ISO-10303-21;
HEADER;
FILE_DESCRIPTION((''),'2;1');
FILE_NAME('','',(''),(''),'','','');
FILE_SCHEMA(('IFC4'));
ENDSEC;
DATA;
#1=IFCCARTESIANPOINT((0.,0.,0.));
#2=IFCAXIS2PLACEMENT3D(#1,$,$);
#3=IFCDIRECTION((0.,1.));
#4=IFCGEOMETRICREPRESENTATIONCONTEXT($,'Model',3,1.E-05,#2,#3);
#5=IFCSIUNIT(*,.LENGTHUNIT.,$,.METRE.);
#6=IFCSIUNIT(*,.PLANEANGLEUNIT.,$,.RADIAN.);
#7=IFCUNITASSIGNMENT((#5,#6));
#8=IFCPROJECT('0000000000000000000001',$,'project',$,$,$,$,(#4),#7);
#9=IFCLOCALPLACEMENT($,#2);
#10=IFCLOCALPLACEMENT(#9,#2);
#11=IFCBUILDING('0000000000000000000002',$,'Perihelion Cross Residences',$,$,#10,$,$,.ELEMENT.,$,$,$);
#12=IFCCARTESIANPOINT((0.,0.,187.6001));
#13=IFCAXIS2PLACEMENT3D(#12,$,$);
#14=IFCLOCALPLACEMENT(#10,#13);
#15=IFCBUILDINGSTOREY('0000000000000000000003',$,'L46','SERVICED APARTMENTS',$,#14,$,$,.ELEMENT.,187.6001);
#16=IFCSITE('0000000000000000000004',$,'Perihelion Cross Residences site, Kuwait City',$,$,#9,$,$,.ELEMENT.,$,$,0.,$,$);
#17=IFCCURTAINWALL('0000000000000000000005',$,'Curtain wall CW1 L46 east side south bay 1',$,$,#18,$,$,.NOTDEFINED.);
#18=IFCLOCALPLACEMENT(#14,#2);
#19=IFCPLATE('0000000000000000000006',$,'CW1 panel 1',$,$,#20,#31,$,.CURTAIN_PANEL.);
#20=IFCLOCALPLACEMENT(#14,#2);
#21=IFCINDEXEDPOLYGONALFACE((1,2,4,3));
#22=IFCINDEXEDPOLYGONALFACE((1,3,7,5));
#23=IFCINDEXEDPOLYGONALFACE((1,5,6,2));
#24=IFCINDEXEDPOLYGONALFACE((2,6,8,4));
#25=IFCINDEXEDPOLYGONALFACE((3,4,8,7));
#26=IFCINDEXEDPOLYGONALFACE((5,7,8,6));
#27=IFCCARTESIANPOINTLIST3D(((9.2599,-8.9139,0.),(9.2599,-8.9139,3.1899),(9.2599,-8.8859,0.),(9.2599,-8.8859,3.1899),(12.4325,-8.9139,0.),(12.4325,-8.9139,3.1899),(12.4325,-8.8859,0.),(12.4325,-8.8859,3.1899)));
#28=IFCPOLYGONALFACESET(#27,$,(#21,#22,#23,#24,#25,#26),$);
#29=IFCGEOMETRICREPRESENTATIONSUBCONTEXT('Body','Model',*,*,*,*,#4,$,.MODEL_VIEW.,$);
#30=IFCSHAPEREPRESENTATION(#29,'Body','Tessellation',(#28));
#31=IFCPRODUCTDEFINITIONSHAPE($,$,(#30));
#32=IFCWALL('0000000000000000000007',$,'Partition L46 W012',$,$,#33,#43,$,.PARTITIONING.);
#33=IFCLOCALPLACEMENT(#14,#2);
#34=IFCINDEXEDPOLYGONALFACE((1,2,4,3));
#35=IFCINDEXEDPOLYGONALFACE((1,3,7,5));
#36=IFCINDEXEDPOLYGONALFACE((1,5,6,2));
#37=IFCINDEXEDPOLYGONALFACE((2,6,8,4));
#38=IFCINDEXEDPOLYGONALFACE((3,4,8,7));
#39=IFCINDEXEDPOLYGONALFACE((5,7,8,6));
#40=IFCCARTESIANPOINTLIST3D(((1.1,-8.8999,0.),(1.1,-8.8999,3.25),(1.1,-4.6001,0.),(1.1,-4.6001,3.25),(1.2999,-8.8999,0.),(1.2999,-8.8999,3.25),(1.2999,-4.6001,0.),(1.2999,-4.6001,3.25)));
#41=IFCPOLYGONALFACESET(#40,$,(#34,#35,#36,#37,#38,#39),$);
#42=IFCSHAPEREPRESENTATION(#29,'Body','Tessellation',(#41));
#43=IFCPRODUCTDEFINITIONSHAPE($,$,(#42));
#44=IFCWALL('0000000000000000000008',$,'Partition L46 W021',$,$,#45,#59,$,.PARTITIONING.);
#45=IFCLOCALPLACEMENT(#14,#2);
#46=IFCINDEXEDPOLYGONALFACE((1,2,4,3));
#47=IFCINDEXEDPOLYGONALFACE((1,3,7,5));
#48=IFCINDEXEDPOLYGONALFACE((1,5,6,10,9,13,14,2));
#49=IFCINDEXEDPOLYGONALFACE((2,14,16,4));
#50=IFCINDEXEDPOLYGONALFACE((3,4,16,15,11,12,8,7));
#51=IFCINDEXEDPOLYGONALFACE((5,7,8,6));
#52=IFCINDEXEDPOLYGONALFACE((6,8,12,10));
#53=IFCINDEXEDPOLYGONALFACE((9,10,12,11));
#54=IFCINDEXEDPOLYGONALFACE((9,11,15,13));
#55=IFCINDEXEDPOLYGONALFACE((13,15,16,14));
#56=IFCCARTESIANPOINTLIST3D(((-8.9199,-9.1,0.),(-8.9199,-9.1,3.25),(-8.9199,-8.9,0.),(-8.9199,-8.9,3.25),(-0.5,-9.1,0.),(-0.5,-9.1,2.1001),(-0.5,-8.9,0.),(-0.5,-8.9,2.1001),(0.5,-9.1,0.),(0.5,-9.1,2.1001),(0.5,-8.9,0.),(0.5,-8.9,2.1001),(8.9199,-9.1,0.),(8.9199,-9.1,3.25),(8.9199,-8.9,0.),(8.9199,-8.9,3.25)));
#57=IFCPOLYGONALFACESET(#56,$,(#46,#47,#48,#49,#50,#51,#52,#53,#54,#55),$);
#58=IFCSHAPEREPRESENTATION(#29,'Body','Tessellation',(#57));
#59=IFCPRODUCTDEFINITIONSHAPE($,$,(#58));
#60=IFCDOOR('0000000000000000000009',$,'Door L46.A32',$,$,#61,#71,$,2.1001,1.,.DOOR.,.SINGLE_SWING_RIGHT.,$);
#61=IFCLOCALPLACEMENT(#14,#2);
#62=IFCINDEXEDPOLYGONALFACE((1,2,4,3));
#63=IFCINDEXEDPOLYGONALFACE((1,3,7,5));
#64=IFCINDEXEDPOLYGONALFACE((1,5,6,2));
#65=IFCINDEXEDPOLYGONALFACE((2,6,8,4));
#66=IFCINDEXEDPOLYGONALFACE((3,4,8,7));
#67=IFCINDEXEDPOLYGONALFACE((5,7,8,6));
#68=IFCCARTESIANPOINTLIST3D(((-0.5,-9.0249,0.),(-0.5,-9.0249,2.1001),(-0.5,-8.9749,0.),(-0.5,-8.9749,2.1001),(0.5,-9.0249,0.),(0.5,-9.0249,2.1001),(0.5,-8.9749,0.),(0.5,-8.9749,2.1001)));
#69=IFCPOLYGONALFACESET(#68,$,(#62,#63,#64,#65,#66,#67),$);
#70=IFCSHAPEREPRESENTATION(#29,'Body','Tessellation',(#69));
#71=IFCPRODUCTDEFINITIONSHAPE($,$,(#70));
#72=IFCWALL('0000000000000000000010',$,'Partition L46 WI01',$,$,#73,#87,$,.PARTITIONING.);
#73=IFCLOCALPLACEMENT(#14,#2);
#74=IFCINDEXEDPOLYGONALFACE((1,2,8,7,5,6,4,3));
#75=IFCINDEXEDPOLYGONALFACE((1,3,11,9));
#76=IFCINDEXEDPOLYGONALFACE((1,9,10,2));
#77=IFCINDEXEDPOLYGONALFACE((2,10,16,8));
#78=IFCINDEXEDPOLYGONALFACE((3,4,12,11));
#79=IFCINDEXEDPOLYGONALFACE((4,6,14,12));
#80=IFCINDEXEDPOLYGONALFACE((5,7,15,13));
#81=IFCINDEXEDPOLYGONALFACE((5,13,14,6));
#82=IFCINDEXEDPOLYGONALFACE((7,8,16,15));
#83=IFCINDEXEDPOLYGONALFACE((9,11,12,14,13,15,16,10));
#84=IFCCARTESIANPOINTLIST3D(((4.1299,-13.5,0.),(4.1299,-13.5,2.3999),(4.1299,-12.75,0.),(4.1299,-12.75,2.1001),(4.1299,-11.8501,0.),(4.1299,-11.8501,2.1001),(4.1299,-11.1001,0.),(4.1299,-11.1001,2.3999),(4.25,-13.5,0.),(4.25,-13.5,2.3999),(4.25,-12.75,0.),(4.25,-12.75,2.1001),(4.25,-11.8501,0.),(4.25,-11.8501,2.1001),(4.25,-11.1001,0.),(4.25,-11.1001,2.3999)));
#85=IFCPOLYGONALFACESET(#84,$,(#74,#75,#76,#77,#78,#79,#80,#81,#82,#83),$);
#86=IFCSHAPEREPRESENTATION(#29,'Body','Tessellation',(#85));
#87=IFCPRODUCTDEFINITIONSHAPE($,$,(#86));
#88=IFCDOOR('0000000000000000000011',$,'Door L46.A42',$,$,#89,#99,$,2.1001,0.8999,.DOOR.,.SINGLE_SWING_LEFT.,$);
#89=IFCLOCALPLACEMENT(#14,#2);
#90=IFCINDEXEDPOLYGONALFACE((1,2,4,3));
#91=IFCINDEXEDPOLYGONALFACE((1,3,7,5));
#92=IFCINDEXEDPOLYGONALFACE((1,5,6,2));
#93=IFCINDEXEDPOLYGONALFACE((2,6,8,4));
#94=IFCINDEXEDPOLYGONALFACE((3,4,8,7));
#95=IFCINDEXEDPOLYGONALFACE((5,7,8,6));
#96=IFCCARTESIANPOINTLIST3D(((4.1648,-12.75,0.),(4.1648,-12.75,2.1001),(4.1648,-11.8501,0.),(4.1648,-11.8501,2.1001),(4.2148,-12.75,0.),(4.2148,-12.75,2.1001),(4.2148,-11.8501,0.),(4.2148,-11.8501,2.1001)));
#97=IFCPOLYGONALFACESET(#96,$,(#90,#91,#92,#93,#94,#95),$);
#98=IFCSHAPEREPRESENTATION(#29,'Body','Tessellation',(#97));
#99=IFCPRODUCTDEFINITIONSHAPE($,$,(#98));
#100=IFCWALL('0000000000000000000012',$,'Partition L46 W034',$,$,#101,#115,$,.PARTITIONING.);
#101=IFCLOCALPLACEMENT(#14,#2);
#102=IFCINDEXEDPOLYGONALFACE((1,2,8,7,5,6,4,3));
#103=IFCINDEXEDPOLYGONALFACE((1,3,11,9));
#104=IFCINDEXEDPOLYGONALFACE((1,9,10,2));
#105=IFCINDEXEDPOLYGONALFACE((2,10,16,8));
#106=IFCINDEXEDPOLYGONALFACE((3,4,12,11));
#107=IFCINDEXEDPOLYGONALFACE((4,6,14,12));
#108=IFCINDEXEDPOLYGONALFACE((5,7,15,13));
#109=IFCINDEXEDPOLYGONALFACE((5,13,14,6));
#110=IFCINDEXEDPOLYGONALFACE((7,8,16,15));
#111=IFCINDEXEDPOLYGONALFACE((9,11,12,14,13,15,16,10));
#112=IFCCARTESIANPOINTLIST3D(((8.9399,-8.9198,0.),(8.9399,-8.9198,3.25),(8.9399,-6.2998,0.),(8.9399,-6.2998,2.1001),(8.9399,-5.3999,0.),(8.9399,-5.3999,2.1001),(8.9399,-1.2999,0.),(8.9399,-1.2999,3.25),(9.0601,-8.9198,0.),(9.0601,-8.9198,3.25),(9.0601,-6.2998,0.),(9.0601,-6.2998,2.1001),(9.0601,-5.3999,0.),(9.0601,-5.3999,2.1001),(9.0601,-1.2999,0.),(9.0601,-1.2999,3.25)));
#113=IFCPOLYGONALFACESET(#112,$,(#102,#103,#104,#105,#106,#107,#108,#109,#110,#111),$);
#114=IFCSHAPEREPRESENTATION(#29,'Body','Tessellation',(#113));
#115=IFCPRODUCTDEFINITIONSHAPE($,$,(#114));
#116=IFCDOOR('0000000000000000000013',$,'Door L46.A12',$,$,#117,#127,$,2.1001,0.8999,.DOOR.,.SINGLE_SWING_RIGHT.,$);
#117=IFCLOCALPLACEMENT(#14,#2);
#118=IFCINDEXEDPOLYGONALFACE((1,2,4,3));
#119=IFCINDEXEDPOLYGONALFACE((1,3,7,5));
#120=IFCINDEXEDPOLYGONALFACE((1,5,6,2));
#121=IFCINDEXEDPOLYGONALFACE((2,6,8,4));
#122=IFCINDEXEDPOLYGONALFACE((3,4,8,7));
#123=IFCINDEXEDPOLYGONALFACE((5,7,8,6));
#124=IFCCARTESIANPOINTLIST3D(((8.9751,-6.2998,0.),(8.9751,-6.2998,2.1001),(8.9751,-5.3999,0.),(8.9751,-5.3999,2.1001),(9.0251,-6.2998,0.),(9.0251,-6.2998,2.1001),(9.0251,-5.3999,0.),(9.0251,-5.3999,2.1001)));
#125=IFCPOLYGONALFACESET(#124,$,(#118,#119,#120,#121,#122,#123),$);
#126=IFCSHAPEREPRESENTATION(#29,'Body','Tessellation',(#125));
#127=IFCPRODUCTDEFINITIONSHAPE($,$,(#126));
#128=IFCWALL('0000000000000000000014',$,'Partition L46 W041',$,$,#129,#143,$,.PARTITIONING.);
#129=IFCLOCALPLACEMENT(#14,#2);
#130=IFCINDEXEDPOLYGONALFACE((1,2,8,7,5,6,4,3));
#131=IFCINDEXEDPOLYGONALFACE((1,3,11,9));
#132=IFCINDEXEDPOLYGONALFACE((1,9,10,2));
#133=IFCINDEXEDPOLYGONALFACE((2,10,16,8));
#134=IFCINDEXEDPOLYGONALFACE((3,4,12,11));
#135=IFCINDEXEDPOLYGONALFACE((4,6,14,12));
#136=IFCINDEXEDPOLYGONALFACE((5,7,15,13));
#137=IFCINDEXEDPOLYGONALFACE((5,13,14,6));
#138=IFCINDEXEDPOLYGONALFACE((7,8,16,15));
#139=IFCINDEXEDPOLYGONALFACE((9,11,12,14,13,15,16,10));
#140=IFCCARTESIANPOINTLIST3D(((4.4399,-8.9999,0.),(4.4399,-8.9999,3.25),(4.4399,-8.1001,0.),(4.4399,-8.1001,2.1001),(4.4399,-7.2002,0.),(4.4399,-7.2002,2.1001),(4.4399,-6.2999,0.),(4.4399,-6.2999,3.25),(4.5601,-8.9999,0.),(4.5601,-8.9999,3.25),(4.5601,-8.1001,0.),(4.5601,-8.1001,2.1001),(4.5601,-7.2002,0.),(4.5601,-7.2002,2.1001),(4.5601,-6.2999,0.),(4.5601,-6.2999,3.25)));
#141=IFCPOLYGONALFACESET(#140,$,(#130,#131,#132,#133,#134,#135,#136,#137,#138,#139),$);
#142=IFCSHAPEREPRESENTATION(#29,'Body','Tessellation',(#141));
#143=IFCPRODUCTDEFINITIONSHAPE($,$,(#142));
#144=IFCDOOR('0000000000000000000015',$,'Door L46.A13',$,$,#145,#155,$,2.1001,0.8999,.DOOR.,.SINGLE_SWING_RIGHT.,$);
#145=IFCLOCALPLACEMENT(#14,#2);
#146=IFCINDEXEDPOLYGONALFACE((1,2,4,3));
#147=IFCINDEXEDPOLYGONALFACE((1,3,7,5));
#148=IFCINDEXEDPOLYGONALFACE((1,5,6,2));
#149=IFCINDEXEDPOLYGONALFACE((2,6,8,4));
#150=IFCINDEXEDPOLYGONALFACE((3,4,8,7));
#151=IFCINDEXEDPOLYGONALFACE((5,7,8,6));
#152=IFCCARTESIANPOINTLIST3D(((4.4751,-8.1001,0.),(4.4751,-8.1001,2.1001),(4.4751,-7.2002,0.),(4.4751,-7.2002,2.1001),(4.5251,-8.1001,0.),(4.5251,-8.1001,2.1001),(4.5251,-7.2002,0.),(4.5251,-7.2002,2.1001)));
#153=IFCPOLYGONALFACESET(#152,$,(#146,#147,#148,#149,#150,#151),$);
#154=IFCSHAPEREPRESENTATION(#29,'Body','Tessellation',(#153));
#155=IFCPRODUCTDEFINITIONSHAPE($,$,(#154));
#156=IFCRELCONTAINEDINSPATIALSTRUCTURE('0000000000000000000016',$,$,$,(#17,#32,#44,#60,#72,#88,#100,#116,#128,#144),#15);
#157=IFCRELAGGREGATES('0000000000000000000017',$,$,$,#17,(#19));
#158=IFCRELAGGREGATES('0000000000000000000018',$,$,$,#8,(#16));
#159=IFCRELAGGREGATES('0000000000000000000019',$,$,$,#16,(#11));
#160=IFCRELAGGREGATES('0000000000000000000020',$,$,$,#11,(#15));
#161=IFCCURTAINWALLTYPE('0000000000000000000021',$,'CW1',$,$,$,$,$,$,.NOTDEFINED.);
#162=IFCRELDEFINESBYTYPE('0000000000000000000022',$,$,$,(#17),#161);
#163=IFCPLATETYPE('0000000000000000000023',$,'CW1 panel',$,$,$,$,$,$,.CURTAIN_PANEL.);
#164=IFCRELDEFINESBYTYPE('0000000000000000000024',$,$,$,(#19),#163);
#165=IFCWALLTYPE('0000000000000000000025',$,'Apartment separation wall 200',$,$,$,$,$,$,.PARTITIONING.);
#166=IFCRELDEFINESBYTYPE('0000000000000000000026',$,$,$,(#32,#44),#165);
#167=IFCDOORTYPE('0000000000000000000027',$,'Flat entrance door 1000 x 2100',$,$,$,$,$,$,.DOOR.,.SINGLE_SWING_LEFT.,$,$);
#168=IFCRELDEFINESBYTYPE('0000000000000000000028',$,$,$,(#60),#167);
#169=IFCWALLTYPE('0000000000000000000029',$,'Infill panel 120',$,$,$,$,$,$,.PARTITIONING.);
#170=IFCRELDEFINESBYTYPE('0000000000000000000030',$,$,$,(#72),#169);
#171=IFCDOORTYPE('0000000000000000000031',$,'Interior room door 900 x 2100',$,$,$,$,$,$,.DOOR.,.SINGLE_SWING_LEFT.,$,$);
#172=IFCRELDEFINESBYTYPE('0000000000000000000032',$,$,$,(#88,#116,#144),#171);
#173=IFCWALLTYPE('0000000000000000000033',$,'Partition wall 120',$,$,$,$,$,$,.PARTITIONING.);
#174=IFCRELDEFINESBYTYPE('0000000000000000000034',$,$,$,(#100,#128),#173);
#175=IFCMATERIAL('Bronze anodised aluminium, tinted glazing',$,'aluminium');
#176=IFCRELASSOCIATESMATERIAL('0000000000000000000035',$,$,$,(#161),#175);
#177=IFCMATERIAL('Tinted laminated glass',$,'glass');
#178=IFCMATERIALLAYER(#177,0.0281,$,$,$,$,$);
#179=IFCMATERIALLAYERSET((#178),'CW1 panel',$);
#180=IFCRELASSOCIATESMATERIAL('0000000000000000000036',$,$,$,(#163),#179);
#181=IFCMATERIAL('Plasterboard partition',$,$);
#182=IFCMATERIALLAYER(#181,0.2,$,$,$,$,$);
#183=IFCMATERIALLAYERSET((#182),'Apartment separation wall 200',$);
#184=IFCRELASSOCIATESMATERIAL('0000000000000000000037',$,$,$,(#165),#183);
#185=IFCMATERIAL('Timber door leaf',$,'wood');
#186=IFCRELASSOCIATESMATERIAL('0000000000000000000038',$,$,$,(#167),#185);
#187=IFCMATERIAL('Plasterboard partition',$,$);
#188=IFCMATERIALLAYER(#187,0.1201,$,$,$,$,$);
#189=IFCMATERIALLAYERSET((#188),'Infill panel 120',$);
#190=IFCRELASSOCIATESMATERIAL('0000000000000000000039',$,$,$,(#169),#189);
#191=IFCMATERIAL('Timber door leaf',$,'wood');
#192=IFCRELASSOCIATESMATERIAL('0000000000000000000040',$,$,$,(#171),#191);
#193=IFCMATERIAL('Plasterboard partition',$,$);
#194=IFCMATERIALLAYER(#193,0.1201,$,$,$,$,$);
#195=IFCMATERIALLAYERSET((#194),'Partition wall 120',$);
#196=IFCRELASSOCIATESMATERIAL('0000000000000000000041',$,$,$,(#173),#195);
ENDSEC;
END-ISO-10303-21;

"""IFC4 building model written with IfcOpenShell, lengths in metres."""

from ifc_helpers import new_model, si_unit, direction, frame, frame_2d, origin, origin_2d, place, context, subcontext, project, spatial, rectangle, extrude, material, layer, layer_set, type_object, element, fill, aggregate, save


model = new_model("IFC4")

# Units and contexts
model_context = context("Model", 3, precision=1e-05, world=origin(), true_north=direction((0.0, 1.0)))
body_context = subcontext(model_context, "Body", "Model", "MODEL_VIEW")
ifc_project = project(units=[si_unit("LENGTHUNIT", "METRE"), si_unit("PLANEANGLEUNIT", "RADIAN")], contexts=[model_context])

# Site, building, storey
site_placement = place(None, origin())
site = spatial("IfcSite", under=ifc_project, at=site_placement, Name="Perihelion Cross Residences site, Kuwait City", CompositionType="ELEMENT", RefElevation=0.0)
building_placement = place(site_placement, origin())
building = spatial("IfcBuilding", under=site, at=building_placement, Name="Perihelion Cross Residences", CompositionType="ELEMENT")
storey_placement = place(building_placement, frame((0.0, 0.0, 187.6001)))
storey = spatial("IfcBuildingStorey", under=building, at=storey_placement, Name="L46", Description="SERVICED APARTMENTS", CompositionType="ELEMENT", Elevation=187.6001)

# Curtain wall
ifc_material_1 = material(Name="Bronze anodised aluminium, tinted glazing", Category="aluminium")
curtain_wall_type = type_object("IfcCurtainWallType", Name="CW1", PredefinedType="NOTDEFINED", material=ifc_material_1)
curtain_wall_1_placement = place(storey_placement, origin())
curtain_wall_1 = element("IfcCurtainWall", 1, at=curtain_wall_1_placement, inside=storey, type_object=curtain_wall_type, Name="Curtain wall CW1 L46 east side south bay 1", PredefinedType="NOTDEFINED")

# Plate
ifc_material_2 = material(Name="Tinted laminated glass", Category="glass")
ifc_layer_1 = layer(ifc_material_2, 0.0281)
ifc_layer_set_1 = layer_set([ifc_layer_1], Name="CW1 panel")
plate_type = type_object("IfcPlateType", Name="CW1 panel", PredefinedType="CURTAIN_PANEL", material=ifc_layer_set_1)
plate_1_placement = place(storey_placement, frame((10.8462, -8.8999, 0.0), z_axis=(0.0, 0.0, 1.0), x_axis=(1.0, 0.0, 0.0)))
plate_1 = element("IfcPlate", 2, at=plate_1_placement, type_object=plate_type, Name="CW1 panel 1", PredefinedType="CURTAIN_PANEL", context=body_context, shape_type="SweptSolid", body=[
    extrude(rectangle(XDim=3.1726, YDim=0.0281, at=origin_2d()), origin(), (0.0, 0.0, 1.0), 3.1899),
])
aggregate(curtain_wall_1, [plate_1])

# Wall
ifc_material_3 = material(Name="Plasterboard partition")
ifc_layer_2 = layer(ifc_material_3, 0.2)
ifc_layer_set_2 = layer_set([ifc_layer_2], Name="Apartment separation wall 200")
wall_type_1 = type_object("IfcWallType", Name="Apartment separation wall 200", PredefinedType="PARTITIONING", material=ifc_layer_set_2)
wall_1_placement = place(storey_placement, frame((1.2, -4.6001, 0.0), z_axis=(0.0, 0.0, 1.0), x_axis=(0.0, -1.0, 0.0)))
element("IfcWall", 3, at=wall_1_placement, inside=storey, type_object=wall_type_1, Name="Partition L46 W012", PredefinedType="PARTITIONING", context=body_context, shape_type="SweptSolid", body=[
    extrude(rectangle(XDim=4.2998, YDim=0.2, at=frame_2d((2.1499, 0.0))), origin(), (0.0, 0.0, 1.0), 3.25),
])

# Walls, openings, doors
wall_2_placement = place(storey_placement, frame((8.9199, -9.0, 0.0), z_axis=(0.0, 0.0, 1.0), x_axis=(-1.0, 0.0, 0.0)))
wall_2 = element("IfcWall", 4, at=wall_2_placement, inside=storey, type_object=wall_type_1, Name="Partition L46 W021", PredefinedType="PARTITIONING", context=body_context, shape_type="SweptSolid", body=[
    extrude(rectangle(XDim=17.8398, YDim=0.2, at=frame_2d((8.9199, 0.0))), origin(), (0.0, 0.0, 1.0), 3.25),
])
opening_1_placement = place(wall_2_placement, frame((8.4199, 0.0, 0.0)))
opening_1 = element("IfcOpeningElement", 5, at=opening_1_placement, cuts=wall_2, PredefinedType="OPENING", context=body_context, shape_type="SweptSolid", body=[
    extrude(rectangle(XDim=1.0, YDim=2.1001, at=frame_2d((0.5, 1.05))), frame((0.0, 0.1099, 0.0), z_axis=(0.0, -1.0, 0.0), x_axis=(1.0, 0.0, 0.0)), (0.0, 0.0, 1.0), 0.22),
])
ifc_material_4 = material(Name="Timber door leaf", Category="wood")
door_type_1 = type_object("IfcDoorType", Name="Flat entrance door 1000 x 2100", OperationType="SINGLE_SWING_LEFT", PredefinedType="DOOR", material=ifc_material_4)
door_1_placement = place(opening_1_placement, origin())
door_1 = element("IfcDoor", 6, at=door_1_placement, inside=storey, type_object=door_type_1, Name="Door L46.A32", OperationType="SINGLE_SWING_RIGHT", OverallHeight=2.1001, OverallWidth=1.0, PredefinedType="DOOR", context=body_context, shape_type="SweptSolid", body=[
    extrude(rectangle(XDim=1.0, YDim=2.1001, at=frame_2d((0.5, 1.05))), frame((0.0, 0.0249, 0.0), z_axis=(0.0, -1.0, 0.0), x_axis=(1.0, 0.0, 0.0)), (0.0, 0.0, 1.0), 0.05),
])
fill(opening_1, door_1)
ifc_material_5 = material(Name="Plasterboard partition")
ifc_layer_3 = layer(ifc_material_5, 0.1201)
ifc_layer_set_3 = layer_set([ifc_layer_3], Name="Infill panel 120")
wall_type_2 = type_object("IfcWallType", Name="Infill panel 120", PredefinedType="PARTITIONING", material=ifc_layer_set_3)
wall_3_placement = place(storey_placement, frame((4.1899, -11.1001, 0.0), z_axis=(0.0, 0.0, 1.0), x_axis=(0.0, -1.0, 0.0)))
wall_3 = element("IfcWall", 7, at=wall_3_placement, inside=storey, type_object=wall_type_2, Name="Partition L46 WI01", PredefinedType="PARTITIONING", context=body_context, shape_type="SweptSolid", body=[
    extrude(rectangle(XDim=2.3999, YDim=0.1201, at=frame_2d((1.2, 0.0))), origin(), (0.0, 0.0, 1.0), 2.3999),
])
opening_2_placement = place(wall_3_placement, frame((0.75, 0.0, 0.0)))
opening_2 = element("IfcOpeningElement", 8, at=opening_2_placement, cuts=wall_3, PredefinedType="OPENING", context=body_context, shape_type="SweptSolid", body=[
    extrude(rectangle(XDim=0.8999, YDim=2.1001, at=frame_2d((0.45, 1.05))), frame((0.0, 0.0701, 0.0), z_axis=(0.0, -1.0, 0.0), x_axis=(1.0, 0.0, 0.0)), (0.0, 0.0, 1.0), 0.1401),
])
ifc_material_6 = material(Name="Timber door leaf", Category="wood")
door_type_2 = type_object("IfcDoorType", Name="Interior room door 900 x 2100", OperationType="SINGLE_SWING_LEFT", PredefinedType="DOOR", material=ifc_material_6)
door_2_placement = place(opening_2_placement, origin())
door_2 = element("IfcDoor", 9, at=door_2_placement, inside=storey, type_object=door_type_2, Name="Door L46.A42", OperationType="SINGLE_SWING_LEFT", OverallHeight=2.1001, OverallWidth=0.8999, PredefinedType="DOOR", context=body_context, shape_type="SweptSolid", body=[
    extrude(rectangle(XDim=0.8999, YDim=2.1001, at=frame_2d((0.45, 1.05))), frame((0.0, 0.0249, 0.0), z_axis=(0.0, -1.0, 0.0), x_axis=(1.0, 0.0, 0.0)), (0.0, 0.0, 1.0), 0.05),
])
fill(opening_2, door_2)
ifc_material_7 = material(Name="Plasterboard partition")
ifc_layer_4 = layer(ifc_material_7, 0.1201)
ifc_layer_set_4 = layer_set([ifc_layer_4], Name="Partition wall 120")
wall_type_3 = type_object("IfcWallType", Name="Partition wall 120", PredefinedType="PARTITIONING", material=ifc_layer_set_4)
wall_4_placement = place(storey_placement, frame((9.0, -8.9199, 0.0), z_axis=(0.0, 0.0, 1.0), x_axis=(0.0, 1.0, 0.0)))
wall_4 = element("IfcWall", 10, at=wall_4_placement, inside=storey, type_object=wall_type_3, Name="Partition L46 W034", PredefinedType="PARTITIONING", context=body_context, shape_type="SweptSolid", body=[
    extrude(rectangle(XDim=7.6199, YDim=0.1201, at=frame_2d((3.8101, 0.0))), origin(), (0.0, 0.0, 1.0), 3.25),
])
opening_3_placement = place(wall_4_placement, frame((2.6201, 0.0, 0.0)))
opening_3 = element("IfcOpeningElement", 11, at=opening_3_placement, cuts=wall_4, PredefinedType="OPENING", context=body_context, shape_type="SweptSolid", body=[
    extrude(rectangle(XDim=0.8999, YDim=2.1001, at=frame_2d((0.45, 1.05))), frame((0.0, 0.0701, 0.0), z_axis=(0.0, -1.0, 0.0), x_axis=(1.0, 0.0, 0.0)), (0.0, 0.0, 1.0), 0.1401),
])
door_3_placement = place(opening_3_placement, origin())
door_3 = element("IfcDoor", 12, at=door_3_placement, inside=storey, type_object=door_type_2, Name="Door L46.A12", OperationType="SINGLE_SWING_RIGHT", OverallHeight=2.1001, OverallWidth=0.8999, PredefinedType="DOOR", context=body_context, shape_type="SweptSolid", body=[
    extrude(rectangle(XDim=0.8999, YDim=2.1001, at=frame_2d((0.45, 1.05))), frame((0.0, 0.0249, 0.0), z_axis=(0.0, -1.0, 0.0), x_axis=(1.0, 0.0, 0.0)), (0.0, 0.0, 1.0), 0.05),
])
fill(opening_3, door_3)
wall_5_placement = place(storey_placement, frame((4.5, -9.0, 0.0), z_axis=(0.0, 0.0, 1.0), x_axis=(0.0, 1.0, 0.0)))
wall_5 = element("IfcWall", 13, at=wall_5_placement, inside=storey, type_object=wall_type_3, Name="Partition L46 W041", PredefinedType="PARTITIONING", context=body_context, shape_type="SweptSolid", body=[
    extrude(rectangle(XDim=2.7, YDim=0.1201, at=frame_2d((1.3501, 0.0))), origin(), (0.0, 0.0, 1.0), 3.25),
])
opening_4_placement = place(wall_5_placement, frame((0.8999, 0.0, 0.0)))
opening_4 = element("IfcOpeningElement", 14, at=opening_4_placement, cuts=wall_5, PredefinedType="OPENING", context=body_context, shape_type="SweptSolid", body=[
    extrude(rectangle(XDim=0.8999, YDim=2.1001, at=frame_2d((0.45, 1.05))), frame((0.0, 0.0701, 0.0), z_axis=(0.0, -1.0, 0.0), x_axis=(1.0, 0.0, 0.0)), (0.0, 0.0, 1.0), 0.1401),
])
door_4_placement = place(opening_4_placement, origin())
door_4 = element("IfcDoor", 15, at=door_4_placement, inside=storey, type_object=door_type_2, Name="Door L46.A13", OperationType="SINGLE_SWING_RIGHT", OverallHeight=2.1001, OverallWidth=0.8999, PredefinedType="DOOR", context=body_context, shape_type="SweptSolid", body=[
    extrude(rectangle(XDim=0.8999, YDim=2.1001, at=frame_2d((0.45, 1.05))), frame((0.0, 0.0249, 0.0), z_axis=(0.0, -1.0, 0.0), x_axis=(1.0, 0.0, 0.0)), (0.0, 0.0, 1.0), 0.05),
])
fill(opening_4, door_4)

save(model, "model.ifc")
